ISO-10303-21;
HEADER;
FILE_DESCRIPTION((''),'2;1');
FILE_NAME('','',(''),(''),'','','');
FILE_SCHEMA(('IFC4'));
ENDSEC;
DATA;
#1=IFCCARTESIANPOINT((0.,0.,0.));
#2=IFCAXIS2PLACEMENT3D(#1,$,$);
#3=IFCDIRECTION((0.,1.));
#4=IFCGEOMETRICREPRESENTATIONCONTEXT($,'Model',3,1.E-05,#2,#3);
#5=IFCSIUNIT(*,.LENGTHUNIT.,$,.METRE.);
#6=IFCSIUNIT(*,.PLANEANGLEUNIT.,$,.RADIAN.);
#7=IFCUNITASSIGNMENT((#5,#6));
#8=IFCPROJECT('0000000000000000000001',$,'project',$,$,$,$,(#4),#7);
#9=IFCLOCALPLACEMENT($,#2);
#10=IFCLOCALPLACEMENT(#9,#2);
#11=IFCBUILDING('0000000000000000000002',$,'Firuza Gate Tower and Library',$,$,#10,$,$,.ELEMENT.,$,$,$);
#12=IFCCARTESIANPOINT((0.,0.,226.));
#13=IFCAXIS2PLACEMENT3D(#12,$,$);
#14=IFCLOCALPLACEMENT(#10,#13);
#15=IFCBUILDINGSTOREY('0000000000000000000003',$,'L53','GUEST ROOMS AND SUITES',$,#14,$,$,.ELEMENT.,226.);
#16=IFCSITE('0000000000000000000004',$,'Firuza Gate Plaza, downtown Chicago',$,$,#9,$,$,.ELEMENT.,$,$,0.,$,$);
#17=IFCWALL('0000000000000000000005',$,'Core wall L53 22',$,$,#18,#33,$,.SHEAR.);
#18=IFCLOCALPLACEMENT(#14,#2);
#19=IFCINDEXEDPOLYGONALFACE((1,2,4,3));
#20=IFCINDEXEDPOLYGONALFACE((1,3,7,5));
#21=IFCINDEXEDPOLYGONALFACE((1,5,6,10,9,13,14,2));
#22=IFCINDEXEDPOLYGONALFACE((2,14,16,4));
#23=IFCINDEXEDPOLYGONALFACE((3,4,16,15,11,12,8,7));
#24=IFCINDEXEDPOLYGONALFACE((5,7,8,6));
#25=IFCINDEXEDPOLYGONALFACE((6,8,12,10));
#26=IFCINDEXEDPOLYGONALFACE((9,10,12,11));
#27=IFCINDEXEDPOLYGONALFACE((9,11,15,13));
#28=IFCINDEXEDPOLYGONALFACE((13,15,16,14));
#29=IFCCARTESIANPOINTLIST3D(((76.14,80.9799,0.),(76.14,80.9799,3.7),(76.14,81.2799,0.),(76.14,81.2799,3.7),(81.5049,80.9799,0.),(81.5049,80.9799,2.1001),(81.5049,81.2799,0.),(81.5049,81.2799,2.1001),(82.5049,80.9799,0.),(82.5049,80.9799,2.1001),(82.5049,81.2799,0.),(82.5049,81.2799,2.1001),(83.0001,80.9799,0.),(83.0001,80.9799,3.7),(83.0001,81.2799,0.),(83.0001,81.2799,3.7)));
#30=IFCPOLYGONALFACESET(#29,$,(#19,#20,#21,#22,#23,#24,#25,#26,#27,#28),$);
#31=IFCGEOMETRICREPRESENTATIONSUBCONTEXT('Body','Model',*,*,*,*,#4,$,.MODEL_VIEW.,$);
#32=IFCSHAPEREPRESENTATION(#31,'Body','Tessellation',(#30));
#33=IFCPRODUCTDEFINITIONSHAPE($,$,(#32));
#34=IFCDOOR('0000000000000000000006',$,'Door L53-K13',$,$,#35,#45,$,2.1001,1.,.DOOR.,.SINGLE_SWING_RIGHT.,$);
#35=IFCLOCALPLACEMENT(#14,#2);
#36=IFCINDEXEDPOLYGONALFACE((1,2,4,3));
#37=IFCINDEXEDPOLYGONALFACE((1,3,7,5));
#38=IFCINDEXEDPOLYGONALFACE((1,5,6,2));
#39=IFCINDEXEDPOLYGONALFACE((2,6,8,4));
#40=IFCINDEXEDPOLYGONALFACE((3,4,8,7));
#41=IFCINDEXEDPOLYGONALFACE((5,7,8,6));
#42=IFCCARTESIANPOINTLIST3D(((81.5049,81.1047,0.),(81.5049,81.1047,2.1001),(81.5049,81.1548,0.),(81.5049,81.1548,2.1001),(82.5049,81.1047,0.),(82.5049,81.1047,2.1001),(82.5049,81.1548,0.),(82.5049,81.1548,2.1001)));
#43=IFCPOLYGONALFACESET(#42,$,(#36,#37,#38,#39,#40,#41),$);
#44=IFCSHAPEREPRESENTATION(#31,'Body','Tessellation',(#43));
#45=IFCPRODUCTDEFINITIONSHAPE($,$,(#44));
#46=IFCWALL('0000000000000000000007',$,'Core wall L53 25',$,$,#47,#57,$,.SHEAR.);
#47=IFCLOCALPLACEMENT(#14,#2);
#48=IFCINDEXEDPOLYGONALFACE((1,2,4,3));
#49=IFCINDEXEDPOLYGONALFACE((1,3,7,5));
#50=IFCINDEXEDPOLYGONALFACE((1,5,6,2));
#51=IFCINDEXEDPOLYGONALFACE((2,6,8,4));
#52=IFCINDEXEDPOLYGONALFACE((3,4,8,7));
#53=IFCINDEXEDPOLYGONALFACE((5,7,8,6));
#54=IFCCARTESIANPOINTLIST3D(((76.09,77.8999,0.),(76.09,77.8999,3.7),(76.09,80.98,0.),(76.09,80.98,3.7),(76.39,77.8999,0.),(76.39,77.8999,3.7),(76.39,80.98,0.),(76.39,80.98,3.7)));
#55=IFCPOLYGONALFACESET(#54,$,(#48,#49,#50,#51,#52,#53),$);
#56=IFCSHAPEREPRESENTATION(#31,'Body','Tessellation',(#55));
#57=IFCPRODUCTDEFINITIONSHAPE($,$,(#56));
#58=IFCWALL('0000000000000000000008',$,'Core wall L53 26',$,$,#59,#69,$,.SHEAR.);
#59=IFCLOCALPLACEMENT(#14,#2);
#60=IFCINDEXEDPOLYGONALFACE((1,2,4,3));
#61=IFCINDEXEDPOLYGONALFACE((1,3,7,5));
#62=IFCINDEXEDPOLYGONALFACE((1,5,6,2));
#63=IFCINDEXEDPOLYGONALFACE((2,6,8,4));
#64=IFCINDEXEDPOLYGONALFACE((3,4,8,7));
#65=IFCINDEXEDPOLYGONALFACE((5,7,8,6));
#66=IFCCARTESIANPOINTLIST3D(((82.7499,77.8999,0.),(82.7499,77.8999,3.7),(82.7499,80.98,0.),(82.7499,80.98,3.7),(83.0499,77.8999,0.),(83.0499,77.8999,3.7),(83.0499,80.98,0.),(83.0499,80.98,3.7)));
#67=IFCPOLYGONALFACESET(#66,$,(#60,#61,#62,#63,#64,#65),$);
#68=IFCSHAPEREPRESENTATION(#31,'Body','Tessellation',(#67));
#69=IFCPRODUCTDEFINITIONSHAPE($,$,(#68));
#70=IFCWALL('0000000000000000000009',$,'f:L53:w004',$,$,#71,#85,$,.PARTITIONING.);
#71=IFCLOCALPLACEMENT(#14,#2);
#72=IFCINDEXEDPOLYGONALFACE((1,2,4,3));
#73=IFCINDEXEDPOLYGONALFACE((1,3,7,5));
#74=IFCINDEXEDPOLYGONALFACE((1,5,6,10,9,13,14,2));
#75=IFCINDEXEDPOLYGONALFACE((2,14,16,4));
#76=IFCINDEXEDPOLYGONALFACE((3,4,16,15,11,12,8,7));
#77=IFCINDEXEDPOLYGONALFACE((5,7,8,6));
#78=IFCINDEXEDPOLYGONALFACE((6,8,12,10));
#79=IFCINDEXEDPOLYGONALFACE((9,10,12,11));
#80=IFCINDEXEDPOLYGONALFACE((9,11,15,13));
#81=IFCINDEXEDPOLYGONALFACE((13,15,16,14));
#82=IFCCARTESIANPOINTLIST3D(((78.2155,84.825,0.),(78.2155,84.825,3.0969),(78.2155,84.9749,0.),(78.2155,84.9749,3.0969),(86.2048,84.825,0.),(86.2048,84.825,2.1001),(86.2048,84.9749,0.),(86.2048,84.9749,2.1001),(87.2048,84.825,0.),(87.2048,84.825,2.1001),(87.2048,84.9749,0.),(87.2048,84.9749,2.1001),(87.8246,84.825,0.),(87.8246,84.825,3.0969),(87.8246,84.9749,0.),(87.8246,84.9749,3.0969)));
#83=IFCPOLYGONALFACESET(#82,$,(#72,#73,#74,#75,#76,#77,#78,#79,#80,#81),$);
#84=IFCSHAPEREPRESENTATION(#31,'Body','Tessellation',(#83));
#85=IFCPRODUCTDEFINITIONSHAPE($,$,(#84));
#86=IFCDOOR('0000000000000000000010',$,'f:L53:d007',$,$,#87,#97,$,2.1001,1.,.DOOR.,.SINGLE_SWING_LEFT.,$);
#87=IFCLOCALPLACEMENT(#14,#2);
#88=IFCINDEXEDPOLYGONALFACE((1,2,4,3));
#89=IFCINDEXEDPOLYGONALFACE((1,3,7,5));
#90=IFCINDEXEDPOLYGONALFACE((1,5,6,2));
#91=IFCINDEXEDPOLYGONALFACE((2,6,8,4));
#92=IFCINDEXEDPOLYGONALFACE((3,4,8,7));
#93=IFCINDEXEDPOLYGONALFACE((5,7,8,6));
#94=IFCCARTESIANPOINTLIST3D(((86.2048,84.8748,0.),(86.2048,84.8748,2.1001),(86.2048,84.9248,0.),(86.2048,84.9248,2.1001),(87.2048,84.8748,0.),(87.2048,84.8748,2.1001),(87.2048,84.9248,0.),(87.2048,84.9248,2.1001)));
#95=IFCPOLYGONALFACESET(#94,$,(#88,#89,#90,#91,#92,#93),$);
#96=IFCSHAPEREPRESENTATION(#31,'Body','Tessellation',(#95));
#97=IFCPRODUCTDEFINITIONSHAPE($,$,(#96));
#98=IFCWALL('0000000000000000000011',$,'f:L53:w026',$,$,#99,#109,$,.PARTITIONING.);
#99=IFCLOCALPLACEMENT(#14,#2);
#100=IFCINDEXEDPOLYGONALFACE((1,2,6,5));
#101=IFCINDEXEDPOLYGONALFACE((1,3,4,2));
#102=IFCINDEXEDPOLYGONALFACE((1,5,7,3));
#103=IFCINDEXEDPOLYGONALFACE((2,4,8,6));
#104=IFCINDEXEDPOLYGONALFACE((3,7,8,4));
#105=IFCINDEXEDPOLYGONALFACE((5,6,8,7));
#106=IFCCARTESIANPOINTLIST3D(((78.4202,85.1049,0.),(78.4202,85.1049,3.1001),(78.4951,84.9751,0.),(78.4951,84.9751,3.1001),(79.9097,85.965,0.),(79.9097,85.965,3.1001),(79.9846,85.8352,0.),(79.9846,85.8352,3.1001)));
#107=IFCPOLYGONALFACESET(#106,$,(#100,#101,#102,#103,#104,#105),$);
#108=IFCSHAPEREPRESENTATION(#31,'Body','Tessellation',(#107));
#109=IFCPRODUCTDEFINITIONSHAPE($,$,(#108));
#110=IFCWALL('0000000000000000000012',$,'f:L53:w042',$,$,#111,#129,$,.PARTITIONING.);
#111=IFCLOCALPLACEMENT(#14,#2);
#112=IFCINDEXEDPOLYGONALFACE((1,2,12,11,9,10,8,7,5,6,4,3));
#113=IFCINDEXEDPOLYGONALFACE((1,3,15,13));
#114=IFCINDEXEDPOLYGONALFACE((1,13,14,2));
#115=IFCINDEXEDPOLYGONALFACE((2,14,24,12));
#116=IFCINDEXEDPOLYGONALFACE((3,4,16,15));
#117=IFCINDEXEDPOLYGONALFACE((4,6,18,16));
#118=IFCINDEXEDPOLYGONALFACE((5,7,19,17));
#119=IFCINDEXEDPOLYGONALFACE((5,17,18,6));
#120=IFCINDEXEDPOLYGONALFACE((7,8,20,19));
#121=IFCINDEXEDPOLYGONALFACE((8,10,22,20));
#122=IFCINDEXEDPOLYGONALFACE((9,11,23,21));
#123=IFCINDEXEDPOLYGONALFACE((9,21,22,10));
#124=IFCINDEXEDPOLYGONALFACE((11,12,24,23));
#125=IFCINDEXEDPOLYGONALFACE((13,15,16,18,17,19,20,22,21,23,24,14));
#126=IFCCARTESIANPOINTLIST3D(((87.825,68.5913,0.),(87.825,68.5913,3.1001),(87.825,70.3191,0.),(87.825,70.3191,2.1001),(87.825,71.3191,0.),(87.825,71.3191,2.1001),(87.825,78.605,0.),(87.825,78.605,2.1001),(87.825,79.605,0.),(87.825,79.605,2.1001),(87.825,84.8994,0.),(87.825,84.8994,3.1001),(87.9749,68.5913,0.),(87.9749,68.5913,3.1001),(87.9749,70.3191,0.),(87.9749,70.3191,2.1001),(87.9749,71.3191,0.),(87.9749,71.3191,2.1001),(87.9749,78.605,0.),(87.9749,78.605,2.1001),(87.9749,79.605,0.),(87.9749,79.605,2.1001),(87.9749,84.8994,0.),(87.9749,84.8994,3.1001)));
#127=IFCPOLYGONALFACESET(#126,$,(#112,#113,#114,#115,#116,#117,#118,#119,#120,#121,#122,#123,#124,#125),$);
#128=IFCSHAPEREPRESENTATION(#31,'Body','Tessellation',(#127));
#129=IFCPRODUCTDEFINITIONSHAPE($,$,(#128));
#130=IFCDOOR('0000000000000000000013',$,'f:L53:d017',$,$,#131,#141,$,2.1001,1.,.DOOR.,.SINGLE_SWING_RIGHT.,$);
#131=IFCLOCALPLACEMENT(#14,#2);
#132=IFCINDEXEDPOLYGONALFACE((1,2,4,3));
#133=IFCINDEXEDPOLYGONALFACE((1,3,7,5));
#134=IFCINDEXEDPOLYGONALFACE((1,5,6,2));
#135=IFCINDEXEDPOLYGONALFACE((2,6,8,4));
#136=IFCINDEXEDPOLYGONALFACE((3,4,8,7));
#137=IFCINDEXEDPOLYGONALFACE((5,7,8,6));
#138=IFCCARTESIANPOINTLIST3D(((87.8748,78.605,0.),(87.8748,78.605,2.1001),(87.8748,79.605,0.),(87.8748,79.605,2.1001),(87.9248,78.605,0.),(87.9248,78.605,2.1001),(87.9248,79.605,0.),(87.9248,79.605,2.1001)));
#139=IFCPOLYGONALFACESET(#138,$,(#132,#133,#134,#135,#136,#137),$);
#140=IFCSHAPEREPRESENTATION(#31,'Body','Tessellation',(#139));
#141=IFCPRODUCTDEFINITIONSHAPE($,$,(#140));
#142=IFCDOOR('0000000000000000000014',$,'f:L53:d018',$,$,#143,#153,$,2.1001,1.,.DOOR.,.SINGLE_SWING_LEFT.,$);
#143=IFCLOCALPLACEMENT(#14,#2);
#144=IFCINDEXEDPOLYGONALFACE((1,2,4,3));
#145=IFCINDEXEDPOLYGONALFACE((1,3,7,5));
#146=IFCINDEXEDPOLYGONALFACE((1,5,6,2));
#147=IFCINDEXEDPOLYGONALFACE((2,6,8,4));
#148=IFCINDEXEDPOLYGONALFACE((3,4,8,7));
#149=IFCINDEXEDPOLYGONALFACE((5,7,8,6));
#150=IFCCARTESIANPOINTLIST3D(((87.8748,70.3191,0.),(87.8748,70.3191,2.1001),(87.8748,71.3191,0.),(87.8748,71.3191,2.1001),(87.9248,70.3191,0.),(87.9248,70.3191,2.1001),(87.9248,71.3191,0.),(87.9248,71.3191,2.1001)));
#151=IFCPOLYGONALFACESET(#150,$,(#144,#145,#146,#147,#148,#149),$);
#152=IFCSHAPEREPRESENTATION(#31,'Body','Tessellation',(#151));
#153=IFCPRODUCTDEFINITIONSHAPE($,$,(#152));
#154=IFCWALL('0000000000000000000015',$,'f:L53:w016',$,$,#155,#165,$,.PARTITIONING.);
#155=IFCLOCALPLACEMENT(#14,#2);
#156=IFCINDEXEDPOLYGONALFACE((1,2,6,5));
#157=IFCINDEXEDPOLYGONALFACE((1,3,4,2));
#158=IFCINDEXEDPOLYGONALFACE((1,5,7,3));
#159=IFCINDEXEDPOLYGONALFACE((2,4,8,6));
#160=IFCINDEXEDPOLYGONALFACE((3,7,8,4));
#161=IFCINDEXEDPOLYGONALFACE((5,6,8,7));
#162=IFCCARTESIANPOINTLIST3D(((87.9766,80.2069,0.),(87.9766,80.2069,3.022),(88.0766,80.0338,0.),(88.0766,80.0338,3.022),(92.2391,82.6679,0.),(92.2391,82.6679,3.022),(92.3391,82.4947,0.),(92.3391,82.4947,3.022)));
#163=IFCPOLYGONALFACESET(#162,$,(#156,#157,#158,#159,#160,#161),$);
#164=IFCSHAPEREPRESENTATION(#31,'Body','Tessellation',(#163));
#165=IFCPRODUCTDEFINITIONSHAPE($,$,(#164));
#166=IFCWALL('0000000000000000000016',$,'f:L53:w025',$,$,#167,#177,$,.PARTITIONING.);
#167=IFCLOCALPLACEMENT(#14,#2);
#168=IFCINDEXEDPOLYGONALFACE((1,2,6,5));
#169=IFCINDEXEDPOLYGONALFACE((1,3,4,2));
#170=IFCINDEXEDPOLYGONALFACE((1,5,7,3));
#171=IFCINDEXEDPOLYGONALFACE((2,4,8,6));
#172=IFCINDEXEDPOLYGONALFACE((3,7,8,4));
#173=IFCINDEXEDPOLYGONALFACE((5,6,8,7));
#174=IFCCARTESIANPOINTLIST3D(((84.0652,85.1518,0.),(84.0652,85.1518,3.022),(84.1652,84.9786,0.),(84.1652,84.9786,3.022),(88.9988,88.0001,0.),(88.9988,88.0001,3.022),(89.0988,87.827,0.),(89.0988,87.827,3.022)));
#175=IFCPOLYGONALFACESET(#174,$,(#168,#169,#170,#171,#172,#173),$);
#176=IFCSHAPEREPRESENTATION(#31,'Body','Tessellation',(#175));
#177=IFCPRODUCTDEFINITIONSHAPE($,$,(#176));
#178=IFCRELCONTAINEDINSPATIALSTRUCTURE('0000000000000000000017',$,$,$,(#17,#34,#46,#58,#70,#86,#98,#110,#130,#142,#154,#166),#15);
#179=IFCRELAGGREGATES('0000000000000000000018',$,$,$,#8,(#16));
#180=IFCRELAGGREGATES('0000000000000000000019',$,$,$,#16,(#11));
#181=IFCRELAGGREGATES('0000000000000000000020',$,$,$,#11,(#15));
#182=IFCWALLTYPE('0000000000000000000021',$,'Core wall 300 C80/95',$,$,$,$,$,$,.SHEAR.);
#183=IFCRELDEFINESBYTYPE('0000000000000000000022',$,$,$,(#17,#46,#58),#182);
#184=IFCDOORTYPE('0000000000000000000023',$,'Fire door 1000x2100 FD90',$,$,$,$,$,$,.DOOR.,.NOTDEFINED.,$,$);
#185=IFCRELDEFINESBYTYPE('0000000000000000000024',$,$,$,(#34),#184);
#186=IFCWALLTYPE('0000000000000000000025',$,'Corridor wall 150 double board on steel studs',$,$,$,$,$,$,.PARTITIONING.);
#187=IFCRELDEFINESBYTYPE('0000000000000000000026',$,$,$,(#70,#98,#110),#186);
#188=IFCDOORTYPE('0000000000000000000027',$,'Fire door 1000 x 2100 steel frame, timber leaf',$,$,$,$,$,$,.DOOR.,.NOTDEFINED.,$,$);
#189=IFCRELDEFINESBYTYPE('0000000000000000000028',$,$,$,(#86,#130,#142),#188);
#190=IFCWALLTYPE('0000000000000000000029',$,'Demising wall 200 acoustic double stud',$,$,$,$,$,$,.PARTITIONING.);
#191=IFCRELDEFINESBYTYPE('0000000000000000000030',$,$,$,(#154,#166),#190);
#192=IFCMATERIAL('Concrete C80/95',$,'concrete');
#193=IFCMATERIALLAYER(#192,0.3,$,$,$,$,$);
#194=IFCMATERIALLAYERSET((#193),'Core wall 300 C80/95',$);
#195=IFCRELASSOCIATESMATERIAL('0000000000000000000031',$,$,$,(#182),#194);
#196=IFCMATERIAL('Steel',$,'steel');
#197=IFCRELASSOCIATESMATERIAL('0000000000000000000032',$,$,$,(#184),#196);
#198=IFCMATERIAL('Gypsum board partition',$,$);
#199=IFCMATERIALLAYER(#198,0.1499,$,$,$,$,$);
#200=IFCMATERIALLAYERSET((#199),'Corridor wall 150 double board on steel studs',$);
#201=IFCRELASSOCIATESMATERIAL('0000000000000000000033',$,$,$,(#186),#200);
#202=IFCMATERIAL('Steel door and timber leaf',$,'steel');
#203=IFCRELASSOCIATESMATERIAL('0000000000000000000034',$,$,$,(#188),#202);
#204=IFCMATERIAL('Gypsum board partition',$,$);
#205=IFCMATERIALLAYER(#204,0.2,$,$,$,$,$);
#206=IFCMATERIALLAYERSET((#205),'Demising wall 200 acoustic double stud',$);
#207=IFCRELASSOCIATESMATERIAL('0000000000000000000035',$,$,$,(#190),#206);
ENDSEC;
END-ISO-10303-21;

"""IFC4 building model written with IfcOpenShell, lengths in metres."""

from ifc_helpers import new_model, si_unit, direction, frame, frame_2d, origin, place, context, subcontext, project, spatial, rectangle, extrude, material, layer, layer_set, type_object, element, fill, save


model = new_model("IFC4")

# Units and contexts
model_context = context("Model", 3, precision=1e-05, world=origin(), true_north=direction((0.0, 1.0)))
body_context = subcontext(model_context, "Body", "Model", "MODEL_VIEW")
ifc_project = project(units=[si_unit("LENGTHUNIT", "METRE"), si_unit("PLANEANGLEUNIT", "RADIAN")], contexts=[model_context])

# Site, building, storey
site_placement = place(None, origin())
site = spatial("IfcSite", under=ifc_project, at=site_placement, Name="Firuza Gate Plaza, downtown Chicago", CompositionType="ELEMENT", RefElevation=0.0)
building_placement = place(site_placement, origin())
building = spatial("IfcBuilding", under=site, at=building_placement, Name="Firuza Gate Tower and Library", CompositionType="ELEMENT")
storey_placement = place(building_placement, frame((0.0, 0.0, 226.0)))
storey = spatial("IfcBuildingStorey", under=building, at=storey_placement, Name="L53", Description="GUEST ROOMS AND SUITES", CompositionType="ELEMENT", Elevation=226.0)

# Shared definitions
ifc_material_1 = material(Name="Concrete C80/95", Category="concrete")
ifc_layer_1 = layer(ifc_material_1, 0.3)
ifc_layer_set_1 = layer_set([ifc_layer_1], Name="Core wall 300 C80/95")
wall_type_1 = type_object("IfcWallType", Name="Core wall 300 C80/95", PredefinedType="SHEAR", material=ifc_layer_set_1)

# Wall, opening, door
wall_1_placement = place(storey_placement, frame((76.1399, 81.1299, 0.0), z_axis=(0.0, 0.0, 1.0), x_axis=(1.0, 0.0, 0.0)))
wall_1 = element("IfcWall", 1, at=wall_1_placement, inside=storey, type_object=wall_type_1, Name="Core wall L53 22", PredefinedType="SHEAR", context=body_context, shape_type="SweptSolid", body=[
    extrude(rectangle(XDim=6.8601, YDim=0.3, at=frame_2d((3.4302, 0.0))), origin(), (0.0, 0.0, 1.0), 3.7),
])
opening_1_placement = place(wall_1_placement, frame((5.365, 0.0, 0.0)))
opening_1 = element("IfcOpeningElement", 2, at=opening_1_placement, cuts=wall_1, PredefinedType="OPENING", context=body_context, shape_type="SweptSolid", body=[
    extrude(rectangle(XDim=1.0, YDim=2.1001, at=frame_2d((0.5, 1.05))), frame((0.0, 0.1602, 0.0), z_axis=(0.0, -1.0, 0.0), x_axis=(1.0, 0.0, 0.0)), (0.0, 0.0, 1.0), 0.3201),
])
ifc_material_2 = material(Name="Steel", Category="steel")
door_type_1 = type_object("IfcDoorType", Name="Fire door 1000x2100 FD90", OperationType="NOTDEFINED", PredefinedType="DOOR", material=ifc_material_2)
door_1_placement = place(opening_1_placement, origin())
door_1 = element("IfcDoor", 3, at=door_1_placement, inside=storey, type_object=door_type_1, Name="Door L53-K13", OperationType="SINGLE_SWING_RIGHT", OverallHeight=2.1001, OverallWidth=1.0, PredefinedType="DOOR", context=body_context, shape_type="SweptSolid", body=[
    extrude(rectangle(XDim=1.0, YDim=2.1001, at=frame_2d((0.5, 1.05))), frame((0.0, 0.0249, 0.0), z_axis=(0.0, -1.0, 0.0), x_axis=(1.0, 0.0, 0.0)), (0.0, 0.0, 1.0), 0.05),
])
fill(opening_1, door_1)

# Walls
for number, where, z_axis, x_axis, name in (
    (4, (76.24, 77.8999, 0.0), (0.0, 0.0, 1.0), (0.0, 1.0, 0.0), "Core wall L53 25"),
    (5, (82.8999, 77.8999, 0.0), (0.0, 0.0, 1.0), (0.0, 1.0, 0.0), "Core wall L53 26"),
):
    element("IfcWall", number, at=place(storey_placement, frame(where, z_axis=z_axis, x_axis=x_axis)), inside=storey, type_object=wall_type_1, Name=name, PredefinedType="SHEAR", context=body_context, shape_type="SweptSolid", body=[
        extrude(rectangle(XDim=3.0801, YDim=0.3, at=frame_2d((1.54, 0.0))), origin(), (0.0, 0.0, 1.0), 3.7),
    ])

# Wall, opening, door
ifc_material_3 = material(Name="Gypsum board partition")
ifc_layer_2 = layer(ifc_material_3, 0.1499)
ifc_layer_set_2 = layer_set([ifc_layer_2], Name="Corridor wall 150 double board on steel studs")
wall_type_2 = type_object("IfcWallType", Name="Corridor wall 150 double board on steel studs", PredefinedType="PARTITIONING", material=ifc_layer_set_2)
wall_2_placement = place(storey_placement, frame((78.2153, 84.8999, 0.0), z_axis=(0.0, 0.0, 1.0), x_axis=(1.0, 0.0, 0.0)))
wall_2 = element("IfcWall", 6, at=wall_2_placement, inside=storey, type_object=wall_type_2, Name="f:L53:w004", PredefinedType="PARTITIONING", context=body_context, shape_type="SweptSolid", body=[
    extrude(rectangle(XDim=9.6091, YDim=0.1499, at=frame_2d((4.8047, 0.0))), origin(), (0.0, 0.0, 1.0), 3.0969),
])
opening_2_placement = place(wall_2_placement, frame((7.9895, 0.0, 0.0)))
opening_2 = element("IfcOpeningElement", 7, at=opening_2_placement, cuts=wall_2, PredefinedType="OPENING", context=body_context, shape_type="SweptSolid", body=[
    extrude(rectangle(XDim=1.0, YDim=2.1001, at=frame_2d((0.5, 1.05))), frame((0.0, 0.085, 0.0), z_axis=(0.0, -1.0, 0.0), x_axis=(1.0, 0.0, 0.0)), (0.0, 0.0, 1.0), 0.1699),
])
ifc_material_4 = material(Name="Steel door and timber leaf", Category="steel")
door_type_2 = type_object("IfcDoorType", Name="Fire door 1000 x 2100 steel frame, timber leaf", OperationType="NOTDEFINED", PredefinedType="DOOR", material=ifc_material_4)
door_2_placement = place(opening_2_placement, origin())
door_2 = element("IfcDoor", 8, at=door_2_placement, inside=storey, type_object=door_type_2, Name="f:L53:d007", OperationType="SINGLE_SWING_LEFT", OverallHeight=2.1001, OverallWidth=1.0, PredefinedType="DOOR", context=body_context, shape_type="SweptSolid", body=[
    extrude(rectangle(XDim=1.0, YDim=2.1001, at=frame_2d((0.5, 1.05))), frame((0.0, 0.0249, 0.0), z_axis=(0.0, -1.0, 0.0), x_axis=(1.0, 0.0, 0.0)), (0.0, 0.0, 1.0), 0.05),
])
fill(opening_2, door_2)

# Wall
wall_3_placement = place(storey_placement, frame((78.4578, 85.04, 0.0), z_axis=(0.0, 0.0, 1.0), x_axis=(0.865989, 0.500062, 0.0)))
element("IfcWall", 9, at=wall_3_placement, inside=storey, type_object=wall_type_2, Name="f:L53:w026", PredefinedType="PARTITIONING", context=body_context, shape_type="SweptSolid", body=[
    extrude(rectangle(XDim=1.72, YDim=0.1499, at=frame_2d((0.8599, 0.0))), origin(), (0.0, 0.0, 1.0), 3.1001),
])

# Wall, openings, doors
wall_4_placement = place(storey_placement, frame((87.8999, 84.8994, 0.0), z_axis=(0.0, 0.0, 1.0), x_axis=(0.0, -1.0, 0.0)))
wall_4 = element("IfcWall", 10, at=wall_4_placement, inside=storey, type_object=wall_type_2, Name="f:L53:w042", PredefinedType="PARTITIONING", context=body_context, shape_type="SweptSolid", body=[
    extrude(rectangle(XDim=16.3081, YDim=0.1499, at=frame_2d((8.1541, 0.0))), origin(), (0.0, 0.0, 1.0), 3.1001),
])
opening_3_placement = place(wall_4_placement, frame((5.2944, 0.0, 0.0)))
opening_3 = element("IfcOpeningElement", 11, at=opening_3_placement, cuts=wall_4, PredefinedType="OPENING", context=body_context, shape_type="SweptSolid", body=[
    extrude(rectangle(XDim=1.0, YDim=2.1001, at=frame_2d((0.5, 1.05))), frame((0.0, 0.085, 0.0), z_axis=(0.0, -1.0, 0.0), x_axis=(1.0, 0.0, 0.0)), (0.0, 0.0, 1.0), 0.1699),
])
opening_4_placement = place(wall_4_placement, frame((13.5803, 0.0, 0.0)))
opening_4 = element("IfcOpeningElement", 12, at=opening_4_placement, cuts=wall_4, PredefinedType="OPENING", context=body_context, shape_type="SweptSolid", body=[
    extrude(rectangle(XDim=1.0, YDim=2.1001, at=frame_2d((0.5, 1.05))), frame((0.0, 0.085, 0.0), z_axis=(0.0, -1.0, 0.0), x_axis=(1.0, 0.0, 0.0)), (0.0, 0.0, 1.0), 0.1699),
])
door_3_placement = place(opening_3_placement, origin())
door_3 = element("IfcDoor", 13, at=door_3_placement, inside=storey, type_object=door_type_2, Name="f:L53:d017", OperationType="SINGLE_SWING_RIGHT", OverallHeight=2.1001, OverallWidth=1.0, PredefinedType="DOOR", context=body_context, shape_type="SweptSolid", body=[
    extrude(rectangle(XDim=1.0, YDim=2.1001, at=frame_2d((0.5, 1.05))), frame((0.0, 0.0249, 0.0), z_axis=(0.0, -1.0, 0.0), x_axis=(1.0, 0.0, 0.0)), (0.0, 0.0, 1.0), 0.05),
])
fill(opening_3, door_3)
door_4_placement = place(opening_4_placement, origin())
door_4 = element("IfcDoor", 14, at=door_4_placement, inside=storey, type_object=door_type_2, Name="f:L53:d018", OperationType="SINGLE_SWING_LEFT", OverallHeight=2.1001, OverallWidth=1.0, PredefinedType="DOOR", context=body_context, shape_type="SweptSolid", body=[
    extrude(rectangle(XDim=1.0, YDim=2.1001, at=frame_2d((0.5, 1.05))), frame((0.0, 0.0249, 0.0), z_axis=(0.0, -1.0, 0.0), x_axis=(1.0, 0.0, 0.0)), (0.0, 0.0, 1.0), 0.05),
])
fill(opening_4, door_4)

# Walls
ifc_material_5 = material(Name="Gypsum board partition")
ifc_layer_3 = layer(ifc_material_5, 0.2)
ifc_layer_set_3 = layer_set([ifc_layer_3], Name="Demising wall 200 acoustic double stud")
wall_type_3 = type_object("IfcWallType", Name="Demising wall 200 acoustic double stud", PredefinedType="PARTITIONING", material=ifc_layer_set_3)
wall_5_placement = place(storey_placement, frame((88.0266, 80.1204, 0.0), z_axis=(0.0, 0.0, 1.0), x_axis=(0.866025, 0.500002, 0.0)))
element("IfcWall", 15, at=wall_5_placement, inside=storey, type_object=wall_type_3, Name="f:L53:w016", PredefinedType="PARTITIONING", context=body_context, shape_type="SweptSolid", body=[
    extrude(rectangle(XDim=4.9219, YDim=0.2, at=frame_2d((2.4609, 0.0))), origin(), (0.0, 0.0, 1.0), 3.022),
])
wall_6_placement = place(storey_placement, frame((84.1152, 85.0652, 0.0), z_axis=(0.0, 0.0, 1.0), x_axis=(0.866027, 0.499997, 0.0)))
element("IfcWall", 16, at=wall_6_placement, inside=storey, type_object=wall_type_3, Name="f:L53:w025", PredefinedType="PARTITIONING", context=body_context, shape_type="SweptSolid", body=[
    extrude(rectangle(XDim=5.6968, YDim=0.2, at=frame_2d((2.8484, 0.0))), origin(), (0.0, 0.0, 1.0), 3.022),
])

save(model, "model.ifc")
